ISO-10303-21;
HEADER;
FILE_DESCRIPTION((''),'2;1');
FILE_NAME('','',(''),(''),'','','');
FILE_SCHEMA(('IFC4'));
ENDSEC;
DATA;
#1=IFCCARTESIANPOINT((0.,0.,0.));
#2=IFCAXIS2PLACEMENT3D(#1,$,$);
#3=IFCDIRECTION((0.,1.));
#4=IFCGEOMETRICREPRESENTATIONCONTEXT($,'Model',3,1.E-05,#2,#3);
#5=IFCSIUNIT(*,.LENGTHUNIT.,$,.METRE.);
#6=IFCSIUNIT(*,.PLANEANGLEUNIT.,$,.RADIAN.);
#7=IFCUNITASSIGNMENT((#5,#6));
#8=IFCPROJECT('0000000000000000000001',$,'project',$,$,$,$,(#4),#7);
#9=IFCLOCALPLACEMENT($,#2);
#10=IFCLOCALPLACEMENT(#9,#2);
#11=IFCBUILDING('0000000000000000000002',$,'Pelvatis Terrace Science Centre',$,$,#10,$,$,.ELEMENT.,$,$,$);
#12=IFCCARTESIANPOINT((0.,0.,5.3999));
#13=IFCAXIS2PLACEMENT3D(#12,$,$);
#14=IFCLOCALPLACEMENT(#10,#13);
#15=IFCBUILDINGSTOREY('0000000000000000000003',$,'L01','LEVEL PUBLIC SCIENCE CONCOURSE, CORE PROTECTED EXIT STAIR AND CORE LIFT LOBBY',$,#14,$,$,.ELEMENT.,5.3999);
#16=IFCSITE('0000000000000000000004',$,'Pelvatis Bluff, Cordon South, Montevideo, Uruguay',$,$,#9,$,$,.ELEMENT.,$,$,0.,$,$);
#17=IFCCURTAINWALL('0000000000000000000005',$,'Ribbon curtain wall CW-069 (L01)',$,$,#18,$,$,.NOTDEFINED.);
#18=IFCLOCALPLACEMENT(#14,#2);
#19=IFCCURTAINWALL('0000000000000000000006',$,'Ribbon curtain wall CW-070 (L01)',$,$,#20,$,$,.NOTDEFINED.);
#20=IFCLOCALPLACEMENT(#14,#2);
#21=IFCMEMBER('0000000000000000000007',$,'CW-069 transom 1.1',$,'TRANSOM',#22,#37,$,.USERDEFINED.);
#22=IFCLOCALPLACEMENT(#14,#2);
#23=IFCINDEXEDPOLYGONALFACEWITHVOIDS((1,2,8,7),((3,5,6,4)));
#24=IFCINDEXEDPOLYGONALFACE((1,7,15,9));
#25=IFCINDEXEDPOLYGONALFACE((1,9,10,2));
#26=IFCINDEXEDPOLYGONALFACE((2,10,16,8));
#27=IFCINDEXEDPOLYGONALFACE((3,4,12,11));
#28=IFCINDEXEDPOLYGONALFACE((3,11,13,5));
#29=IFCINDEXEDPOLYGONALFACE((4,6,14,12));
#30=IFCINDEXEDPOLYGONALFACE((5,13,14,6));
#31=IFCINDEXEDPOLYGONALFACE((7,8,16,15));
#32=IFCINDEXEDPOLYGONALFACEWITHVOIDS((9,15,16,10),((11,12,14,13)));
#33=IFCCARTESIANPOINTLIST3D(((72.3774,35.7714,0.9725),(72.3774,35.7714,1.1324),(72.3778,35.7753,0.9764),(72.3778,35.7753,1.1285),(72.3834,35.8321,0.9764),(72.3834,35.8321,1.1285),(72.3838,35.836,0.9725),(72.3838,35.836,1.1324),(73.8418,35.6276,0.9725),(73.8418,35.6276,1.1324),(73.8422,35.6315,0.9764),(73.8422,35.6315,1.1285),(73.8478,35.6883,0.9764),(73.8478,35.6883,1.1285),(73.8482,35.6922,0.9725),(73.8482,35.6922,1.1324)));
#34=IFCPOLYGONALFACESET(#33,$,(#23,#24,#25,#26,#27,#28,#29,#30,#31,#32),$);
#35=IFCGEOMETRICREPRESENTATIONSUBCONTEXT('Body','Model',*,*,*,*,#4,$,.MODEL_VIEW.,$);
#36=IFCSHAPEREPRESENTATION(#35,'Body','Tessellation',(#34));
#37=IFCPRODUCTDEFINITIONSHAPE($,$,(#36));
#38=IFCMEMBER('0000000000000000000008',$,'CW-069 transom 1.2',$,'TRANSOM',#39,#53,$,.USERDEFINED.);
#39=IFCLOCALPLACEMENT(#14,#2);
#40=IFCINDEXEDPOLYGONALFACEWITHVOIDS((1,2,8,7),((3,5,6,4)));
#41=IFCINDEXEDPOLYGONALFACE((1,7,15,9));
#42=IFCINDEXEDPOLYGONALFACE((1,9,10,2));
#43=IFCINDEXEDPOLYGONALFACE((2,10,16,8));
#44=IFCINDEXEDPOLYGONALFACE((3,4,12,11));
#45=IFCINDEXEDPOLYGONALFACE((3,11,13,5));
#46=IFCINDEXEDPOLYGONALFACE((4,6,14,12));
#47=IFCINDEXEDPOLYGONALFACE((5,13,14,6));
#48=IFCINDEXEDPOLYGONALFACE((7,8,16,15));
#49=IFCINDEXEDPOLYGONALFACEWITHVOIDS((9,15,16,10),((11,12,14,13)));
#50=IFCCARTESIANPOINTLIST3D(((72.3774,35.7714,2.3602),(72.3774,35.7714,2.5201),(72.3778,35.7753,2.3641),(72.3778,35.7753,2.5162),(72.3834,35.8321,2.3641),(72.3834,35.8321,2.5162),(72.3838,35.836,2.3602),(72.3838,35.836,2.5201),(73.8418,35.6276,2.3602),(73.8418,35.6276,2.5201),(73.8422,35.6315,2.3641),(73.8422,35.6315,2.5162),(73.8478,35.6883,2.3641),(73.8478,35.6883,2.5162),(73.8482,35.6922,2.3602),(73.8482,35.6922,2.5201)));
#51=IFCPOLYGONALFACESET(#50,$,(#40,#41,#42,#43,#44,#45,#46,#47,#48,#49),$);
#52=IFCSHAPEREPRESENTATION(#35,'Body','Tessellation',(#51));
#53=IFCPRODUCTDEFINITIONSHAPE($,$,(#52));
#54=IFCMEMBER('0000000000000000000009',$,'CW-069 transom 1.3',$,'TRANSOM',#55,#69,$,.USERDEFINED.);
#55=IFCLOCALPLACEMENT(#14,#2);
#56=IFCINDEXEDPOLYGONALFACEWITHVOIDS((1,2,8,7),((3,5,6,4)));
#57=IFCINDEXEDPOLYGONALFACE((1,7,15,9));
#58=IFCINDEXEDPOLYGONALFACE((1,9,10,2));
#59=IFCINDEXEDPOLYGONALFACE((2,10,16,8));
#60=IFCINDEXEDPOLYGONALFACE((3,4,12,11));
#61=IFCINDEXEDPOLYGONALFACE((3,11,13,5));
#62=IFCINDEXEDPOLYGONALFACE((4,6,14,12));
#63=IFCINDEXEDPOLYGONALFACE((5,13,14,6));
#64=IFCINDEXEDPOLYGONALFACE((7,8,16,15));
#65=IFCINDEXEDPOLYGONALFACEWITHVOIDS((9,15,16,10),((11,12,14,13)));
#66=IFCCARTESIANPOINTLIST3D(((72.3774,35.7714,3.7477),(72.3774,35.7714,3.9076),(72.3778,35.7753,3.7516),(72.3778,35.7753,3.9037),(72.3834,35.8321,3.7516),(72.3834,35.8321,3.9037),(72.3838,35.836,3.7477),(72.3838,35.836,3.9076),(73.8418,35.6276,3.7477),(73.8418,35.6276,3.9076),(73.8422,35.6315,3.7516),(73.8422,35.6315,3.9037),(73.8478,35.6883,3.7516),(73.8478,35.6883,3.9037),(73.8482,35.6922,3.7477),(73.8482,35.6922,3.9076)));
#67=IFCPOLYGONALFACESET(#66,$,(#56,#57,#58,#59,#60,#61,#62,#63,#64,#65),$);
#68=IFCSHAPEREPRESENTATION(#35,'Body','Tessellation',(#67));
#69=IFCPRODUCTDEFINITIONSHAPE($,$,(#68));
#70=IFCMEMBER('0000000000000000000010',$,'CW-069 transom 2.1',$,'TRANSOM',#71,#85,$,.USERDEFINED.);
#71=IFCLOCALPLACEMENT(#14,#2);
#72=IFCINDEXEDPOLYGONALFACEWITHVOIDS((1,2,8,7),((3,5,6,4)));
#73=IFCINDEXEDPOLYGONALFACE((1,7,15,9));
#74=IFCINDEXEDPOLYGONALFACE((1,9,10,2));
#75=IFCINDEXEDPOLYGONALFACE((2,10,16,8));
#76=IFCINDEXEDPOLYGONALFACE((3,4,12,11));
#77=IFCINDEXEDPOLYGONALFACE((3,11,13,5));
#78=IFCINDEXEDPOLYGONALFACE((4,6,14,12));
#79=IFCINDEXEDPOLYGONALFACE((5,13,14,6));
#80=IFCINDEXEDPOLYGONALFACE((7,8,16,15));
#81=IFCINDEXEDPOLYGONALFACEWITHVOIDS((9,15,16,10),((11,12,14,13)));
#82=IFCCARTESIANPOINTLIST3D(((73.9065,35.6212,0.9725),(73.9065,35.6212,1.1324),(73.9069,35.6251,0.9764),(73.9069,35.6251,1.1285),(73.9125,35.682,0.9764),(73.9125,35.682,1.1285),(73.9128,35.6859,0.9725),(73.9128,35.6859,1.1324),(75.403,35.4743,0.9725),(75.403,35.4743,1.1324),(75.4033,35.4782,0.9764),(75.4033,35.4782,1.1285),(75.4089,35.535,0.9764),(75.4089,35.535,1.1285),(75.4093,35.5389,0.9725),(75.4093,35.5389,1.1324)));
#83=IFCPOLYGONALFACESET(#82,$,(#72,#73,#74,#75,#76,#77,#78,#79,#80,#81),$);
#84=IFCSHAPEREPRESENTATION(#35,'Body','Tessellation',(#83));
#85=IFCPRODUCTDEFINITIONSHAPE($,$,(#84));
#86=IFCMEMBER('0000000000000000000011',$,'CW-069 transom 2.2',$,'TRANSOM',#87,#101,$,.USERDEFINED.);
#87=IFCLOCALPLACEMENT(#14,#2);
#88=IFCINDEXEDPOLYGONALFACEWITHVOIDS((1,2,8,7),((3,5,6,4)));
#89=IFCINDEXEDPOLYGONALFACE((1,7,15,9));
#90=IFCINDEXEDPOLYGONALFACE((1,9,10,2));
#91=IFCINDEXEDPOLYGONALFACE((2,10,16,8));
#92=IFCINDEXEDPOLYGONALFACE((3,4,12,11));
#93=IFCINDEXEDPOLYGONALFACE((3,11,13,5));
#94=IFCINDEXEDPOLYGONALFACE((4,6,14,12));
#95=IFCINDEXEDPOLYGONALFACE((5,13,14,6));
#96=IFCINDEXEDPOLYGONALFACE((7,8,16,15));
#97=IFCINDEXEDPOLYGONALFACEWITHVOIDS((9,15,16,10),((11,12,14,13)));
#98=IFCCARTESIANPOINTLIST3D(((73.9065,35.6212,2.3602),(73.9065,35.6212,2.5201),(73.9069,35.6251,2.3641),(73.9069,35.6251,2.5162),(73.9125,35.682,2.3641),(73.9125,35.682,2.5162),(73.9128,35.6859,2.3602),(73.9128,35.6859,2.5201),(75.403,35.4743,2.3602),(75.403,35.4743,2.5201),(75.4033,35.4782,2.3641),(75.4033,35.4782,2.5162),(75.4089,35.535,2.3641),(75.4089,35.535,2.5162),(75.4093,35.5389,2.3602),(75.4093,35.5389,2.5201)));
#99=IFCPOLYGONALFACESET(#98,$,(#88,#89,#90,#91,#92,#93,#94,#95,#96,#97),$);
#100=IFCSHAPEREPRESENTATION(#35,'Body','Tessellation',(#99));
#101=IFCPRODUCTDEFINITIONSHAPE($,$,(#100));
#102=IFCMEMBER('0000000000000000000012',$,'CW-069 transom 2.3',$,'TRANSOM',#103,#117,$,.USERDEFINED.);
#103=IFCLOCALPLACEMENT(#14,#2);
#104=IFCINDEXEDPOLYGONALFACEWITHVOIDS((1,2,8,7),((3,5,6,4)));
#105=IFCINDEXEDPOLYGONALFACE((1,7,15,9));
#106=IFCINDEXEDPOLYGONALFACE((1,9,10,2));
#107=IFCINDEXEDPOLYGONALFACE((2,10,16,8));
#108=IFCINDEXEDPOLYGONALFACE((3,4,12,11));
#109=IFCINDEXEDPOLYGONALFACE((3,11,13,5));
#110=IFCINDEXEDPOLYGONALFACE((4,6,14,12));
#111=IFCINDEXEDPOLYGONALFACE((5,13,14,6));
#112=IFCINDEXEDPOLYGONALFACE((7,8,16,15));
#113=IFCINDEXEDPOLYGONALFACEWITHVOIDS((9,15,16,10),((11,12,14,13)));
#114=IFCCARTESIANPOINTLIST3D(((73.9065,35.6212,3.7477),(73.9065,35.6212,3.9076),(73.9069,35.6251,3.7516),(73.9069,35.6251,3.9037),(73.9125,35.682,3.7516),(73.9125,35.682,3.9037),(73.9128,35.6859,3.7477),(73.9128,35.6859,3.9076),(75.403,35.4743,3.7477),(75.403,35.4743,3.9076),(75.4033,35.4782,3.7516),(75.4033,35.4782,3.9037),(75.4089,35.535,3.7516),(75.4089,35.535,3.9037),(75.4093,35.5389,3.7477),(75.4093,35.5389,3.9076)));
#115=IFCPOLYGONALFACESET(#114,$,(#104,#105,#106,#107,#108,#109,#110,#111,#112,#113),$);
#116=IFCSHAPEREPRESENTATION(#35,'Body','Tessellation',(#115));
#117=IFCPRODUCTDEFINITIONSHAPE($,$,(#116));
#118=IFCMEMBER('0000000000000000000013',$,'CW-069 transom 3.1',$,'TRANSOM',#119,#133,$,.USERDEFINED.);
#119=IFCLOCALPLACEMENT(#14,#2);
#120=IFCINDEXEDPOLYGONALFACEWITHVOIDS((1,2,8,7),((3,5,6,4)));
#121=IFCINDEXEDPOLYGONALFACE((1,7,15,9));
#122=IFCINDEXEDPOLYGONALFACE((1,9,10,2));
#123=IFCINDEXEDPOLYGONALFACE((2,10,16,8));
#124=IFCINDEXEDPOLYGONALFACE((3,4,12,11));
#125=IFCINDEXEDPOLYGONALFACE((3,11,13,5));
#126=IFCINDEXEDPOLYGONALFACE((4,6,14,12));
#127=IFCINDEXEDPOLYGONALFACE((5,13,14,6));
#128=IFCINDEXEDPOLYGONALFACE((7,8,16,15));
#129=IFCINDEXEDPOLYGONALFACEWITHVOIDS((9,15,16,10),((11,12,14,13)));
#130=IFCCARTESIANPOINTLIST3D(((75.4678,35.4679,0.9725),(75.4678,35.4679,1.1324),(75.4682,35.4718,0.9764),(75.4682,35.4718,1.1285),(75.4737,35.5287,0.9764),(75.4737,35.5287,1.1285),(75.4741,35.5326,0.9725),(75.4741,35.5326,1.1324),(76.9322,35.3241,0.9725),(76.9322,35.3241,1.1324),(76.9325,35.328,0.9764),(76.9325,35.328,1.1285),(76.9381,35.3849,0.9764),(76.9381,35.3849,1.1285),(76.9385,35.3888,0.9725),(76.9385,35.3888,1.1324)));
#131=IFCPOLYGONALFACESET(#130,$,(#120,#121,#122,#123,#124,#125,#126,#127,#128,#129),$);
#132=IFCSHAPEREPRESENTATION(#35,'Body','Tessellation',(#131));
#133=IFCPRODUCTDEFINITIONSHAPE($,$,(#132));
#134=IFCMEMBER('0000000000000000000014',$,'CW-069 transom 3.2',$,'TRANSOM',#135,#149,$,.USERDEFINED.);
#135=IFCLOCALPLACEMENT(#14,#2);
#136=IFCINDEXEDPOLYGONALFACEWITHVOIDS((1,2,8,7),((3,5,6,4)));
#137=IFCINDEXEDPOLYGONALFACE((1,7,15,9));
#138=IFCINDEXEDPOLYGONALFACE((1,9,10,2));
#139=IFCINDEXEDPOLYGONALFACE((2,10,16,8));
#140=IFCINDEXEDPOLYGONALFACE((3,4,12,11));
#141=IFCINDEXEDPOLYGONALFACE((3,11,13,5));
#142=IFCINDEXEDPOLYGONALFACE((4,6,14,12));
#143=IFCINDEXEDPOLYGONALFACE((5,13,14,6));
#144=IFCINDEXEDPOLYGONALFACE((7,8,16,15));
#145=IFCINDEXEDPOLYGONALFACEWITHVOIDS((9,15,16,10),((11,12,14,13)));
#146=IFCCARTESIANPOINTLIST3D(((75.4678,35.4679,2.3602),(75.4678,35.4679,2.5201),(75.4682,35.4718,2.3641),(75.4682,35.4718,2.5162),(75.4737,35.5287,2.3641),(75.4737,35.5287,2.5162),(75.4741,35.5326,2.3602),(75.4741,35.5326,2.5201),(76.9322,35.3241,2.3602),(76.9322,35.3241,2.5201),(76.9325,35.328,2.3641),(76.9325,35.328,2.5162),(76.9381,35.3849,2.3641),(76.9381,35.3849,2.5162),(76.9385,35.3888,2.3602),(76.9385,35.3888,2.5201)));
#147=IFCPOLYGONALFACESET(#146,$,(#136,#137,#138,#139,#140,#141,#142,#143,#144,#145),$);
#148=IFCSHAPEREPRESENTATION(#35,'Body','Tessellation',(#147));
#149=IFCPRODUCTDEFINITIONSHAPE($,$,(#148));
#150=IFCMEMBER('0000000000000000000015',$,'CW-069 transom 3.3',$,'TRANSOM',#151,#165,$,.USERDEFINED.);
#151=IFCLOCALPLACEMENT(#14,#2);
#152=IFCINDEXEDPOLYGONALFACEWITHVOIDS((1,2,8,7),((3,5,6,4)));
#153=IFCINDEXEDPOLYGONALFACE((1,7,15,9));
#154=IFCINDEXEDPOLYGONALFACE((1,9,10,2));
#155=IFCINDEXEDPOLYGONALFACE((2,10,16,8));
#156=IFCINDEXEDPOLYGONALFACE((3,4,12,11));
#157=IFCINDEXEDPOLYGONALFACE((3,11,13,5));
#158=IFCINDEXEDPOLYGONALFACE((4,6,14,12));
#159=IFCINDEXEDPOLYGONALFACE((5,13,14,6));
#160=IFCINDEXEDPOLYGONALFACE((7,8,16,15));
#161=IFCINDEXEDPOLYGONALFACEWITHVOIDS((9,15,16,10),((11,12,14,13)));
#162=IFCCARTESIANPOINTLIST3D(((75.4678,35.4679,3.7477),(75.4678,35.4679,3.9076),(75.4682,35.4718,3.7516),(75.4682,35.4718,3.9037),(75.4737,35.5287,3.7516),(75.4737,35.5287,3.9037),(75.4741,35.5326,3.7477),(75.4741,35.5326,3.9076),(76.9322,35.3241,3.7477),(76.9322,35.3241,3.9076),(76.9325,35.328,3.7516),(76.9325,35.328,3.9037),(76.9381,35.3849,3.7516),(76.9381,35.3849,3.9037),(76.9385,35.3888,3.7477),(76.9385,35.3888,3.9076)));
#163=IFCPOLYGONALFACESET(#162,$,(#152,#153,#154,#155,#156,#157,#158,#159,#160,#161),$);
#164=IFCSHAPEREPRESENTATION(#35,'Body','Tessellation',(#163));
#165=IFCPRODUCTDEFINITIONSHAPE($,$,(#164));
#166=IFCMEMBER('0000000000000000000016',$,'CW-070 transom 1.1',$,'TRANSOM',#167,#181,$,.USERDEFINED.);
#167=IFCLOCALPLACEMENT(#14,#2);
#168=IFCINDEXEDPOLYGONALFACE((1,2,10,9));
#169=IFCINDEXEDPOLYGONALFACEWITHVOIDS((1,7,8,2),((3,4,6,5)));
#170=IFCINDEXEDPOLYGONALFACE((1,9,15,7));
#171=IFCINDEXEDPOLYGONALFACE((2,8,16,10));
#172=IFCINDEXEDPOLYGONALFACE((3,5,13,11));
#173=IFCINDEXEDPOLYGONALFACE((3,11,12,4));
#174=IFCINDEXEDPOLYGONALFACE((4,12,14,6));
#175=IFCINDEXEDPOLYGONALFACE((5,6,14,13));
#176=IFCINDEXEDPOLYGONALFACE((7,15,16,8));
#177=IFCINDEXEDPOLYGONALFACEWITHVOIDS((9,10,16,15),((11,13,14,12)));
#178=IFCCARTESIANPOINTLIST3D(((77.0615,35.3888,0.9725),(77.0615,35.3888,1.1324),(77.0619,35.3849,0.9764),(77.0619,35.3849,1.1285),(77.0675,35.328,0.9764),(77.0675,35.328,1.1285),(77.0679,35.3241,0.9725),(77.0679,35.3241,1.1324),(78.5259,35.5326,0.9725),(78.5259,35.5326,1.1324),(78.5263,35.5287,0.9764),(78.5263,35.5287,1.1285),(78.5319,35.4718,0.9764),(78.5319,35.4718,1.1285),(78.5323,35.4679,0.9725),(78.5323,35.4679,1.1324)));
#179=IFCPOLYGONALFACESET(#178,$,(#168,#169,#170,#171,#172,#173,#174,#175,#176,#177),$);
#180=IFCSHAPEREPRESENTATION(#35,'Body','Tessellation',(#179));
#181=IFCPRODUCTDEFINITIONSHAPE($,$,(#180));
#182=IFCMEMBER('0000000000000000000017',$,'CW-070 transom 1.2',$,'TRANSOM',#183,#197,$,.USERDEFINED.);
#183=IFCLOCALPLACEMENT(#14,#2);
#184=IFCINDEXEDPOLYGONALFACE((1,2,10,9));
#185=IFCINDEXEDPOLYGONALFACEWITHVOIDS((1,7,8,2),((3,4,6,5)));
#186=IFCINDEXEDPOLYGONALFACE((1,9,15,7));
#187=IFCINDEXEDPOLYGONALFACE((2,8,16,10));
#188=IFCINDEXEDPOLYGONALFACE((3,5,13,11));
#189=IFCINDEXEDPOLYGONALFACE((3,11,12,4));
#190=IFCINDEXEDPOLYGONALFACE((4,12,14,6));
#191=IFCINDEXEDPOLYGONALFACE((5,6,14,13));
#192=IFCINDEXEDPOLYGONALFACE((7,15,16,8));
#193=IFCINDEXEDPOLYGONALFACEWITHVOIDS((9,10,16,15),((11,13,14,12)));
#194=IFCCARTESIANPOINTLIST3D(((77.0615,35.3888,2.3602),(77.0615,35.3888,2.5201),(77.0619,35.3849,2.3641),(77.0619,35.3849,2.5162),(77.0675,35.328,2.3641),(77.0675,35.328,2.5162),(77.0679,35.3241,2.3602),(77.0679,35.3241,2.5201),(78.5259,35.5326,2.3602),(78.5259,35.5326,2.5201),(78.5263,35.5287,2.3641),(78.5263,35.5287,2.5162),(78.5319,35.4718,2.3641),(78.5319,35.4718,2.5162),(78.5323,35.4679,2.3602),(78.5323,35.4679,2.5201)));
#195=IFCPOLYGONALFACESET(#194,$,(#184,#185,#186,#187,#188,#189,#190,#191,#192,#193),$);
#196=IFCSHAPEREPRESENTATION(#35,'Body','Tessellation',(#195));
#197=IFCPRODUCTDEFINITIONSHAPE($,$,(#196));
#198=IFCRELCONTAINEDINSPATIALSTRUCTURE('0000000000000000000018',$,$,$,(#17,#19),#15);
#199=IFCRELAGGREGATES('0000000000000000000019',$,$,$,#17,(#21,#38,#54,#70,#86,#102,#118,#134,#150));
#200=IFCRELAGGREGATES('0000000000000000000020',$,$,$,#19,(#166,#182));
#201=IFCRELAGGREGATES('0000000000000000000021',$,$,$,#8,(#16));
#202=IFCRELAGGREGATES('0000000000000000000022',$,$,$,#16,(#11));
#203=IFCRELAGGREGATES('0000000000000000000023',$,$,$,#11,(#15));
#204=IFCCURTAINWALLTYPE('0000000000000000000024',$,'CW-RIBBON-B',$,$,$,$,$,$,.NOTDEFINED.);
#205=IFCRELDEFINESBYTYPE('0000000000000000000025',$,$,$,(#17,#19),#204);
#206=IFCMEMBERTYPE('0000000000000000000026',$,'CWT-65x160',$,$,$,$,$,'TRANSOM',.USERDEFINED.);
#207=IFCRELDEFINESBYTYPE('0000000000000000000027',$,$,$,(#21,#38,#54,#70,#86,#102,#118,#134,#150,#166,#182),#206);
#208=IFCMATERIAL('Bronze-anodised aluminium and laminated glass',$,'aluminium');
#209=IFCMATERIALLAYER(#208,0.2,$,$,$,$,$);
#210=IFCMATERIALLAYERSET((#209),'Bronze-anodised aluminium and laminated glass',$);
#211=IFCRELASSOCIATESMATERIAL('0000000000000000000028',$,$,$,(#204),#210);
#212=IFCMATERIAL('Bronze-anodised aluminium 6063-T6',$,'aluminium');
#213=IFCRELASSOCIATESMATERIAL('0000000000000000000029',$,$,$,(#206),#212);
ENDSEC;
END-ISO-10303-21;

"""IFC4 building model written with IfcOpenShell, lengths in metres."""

from ifc_helpers import new_model, si_unit, direction, frame, origin, origin_2d, place, context, subcontext, project, spatial, hollow_rectangle, extrude, material, layer, layer_set, material_profile, profile_set, type_object, element, aggregate, save


model = new_model("IFC4")

# Units and contexts
model_context = context("Model", 3, precision=1e-05, world=origin(), true_north=direction((0.0, 1.0)))
body_context = subcontext(model_context, "Body", "Model", "MODEL_VIEW")
ifc_project = project(units=[si_unit("LENGTHUNIT", "METRE"), si_unit("PLANEANGLEUNIT", "RADIAN")], contexts=[model_context])

# Site, building, storey
site_placement = place(None, origin())
site = spatial("IfcSite", under=ifc_project, at=site_placement, Name="Pelvatis Bluff, Cordon South, Montevideo, Uruguay", CompositionType="ELEMENT", RefElevation=0.0)
building_placement = place(site_placement, origin())
building = spatial("IfcBuilding", under=site, at=building_placement, Name="Pelvatis Terrace Science Centre", CompositionType="ELEMENT")
storey_placement = place(building_placement, frame((0.0, 0.0, 5.3999)))
storey = spatial("IfcBuildingStorey", under=building, at=storey_placement, Name="L01", Description="LEVEL PUBLIC SCIENCE CONCOURSE, CORE PROTECTED EXIT STAIR AND CORE LIFT LOBBY", CompositionType="ELEMENT", Elevation=5.3999)

# Curtain walls
ifc_material_1 = material(Name="Bronze-anodised aluminium and laminated glass", Category="aluminium")
ifc_layer_1 = layer(ifc_material_1, 0.2)
ifc_layer_set_1 = layer_set([ifc_layer_1], Name="Bronze-anodised aluminium and laminated glass")
curtain_wall_type = type_object("IfcCurtainWallType", Name="CW-RIBBON-B", PredefinedType="NOTDEFINED", material=ifc_layer_set_1)
curtain_wall_1_placement = place(storey_placement, origin())
curtain_wall_1 = element("IfcCurtainWall", 1, at=curtain_wall_1_placement, inside=storey, type_object=curtain_wall_type, Name="Ribbon curtain wall CW-069 (L01)", PredefinedType="NOTDEFINED")
curtain_wall_2_placement = place(storey_placement, origin())
curtain_wall_2 = element("IfcCurtainWall", 2, at=curtain_wall_2_placement, inside=storey, type_object=curtain_wall_type, Name="Ribbon curtain wall CW-070 (L01)", PredefinedType="NOTDEFINED")

# Members
ifc_material_2 = material(Name="Bronze-anodised aluminium 6063-T6", Category="aluminium")
ifc_material_profile_1 = material_profile(ifc_material_2, hollow_rectangle(XDim=0.0649, YDim=0.1599, WallThickness=0.0039, at=origin_2d()), Name="ALU-TRN 65x160")
ifc_profile_set_1 = profile_set([ifc_material_profile_1], Name="Bronze-anodised aluminium 6063-T6")
member_type_1 = type_object("IfcMemberType", Name="CWT-65x160", ElementType="TRANSOM", PredefinedType="USERDEFINED", material=ifc_profile_set_1)
member_1_placement = place(storey_placement, frame((72.3806, 35.8037, 1.0525), z_axis=(0.995213, -0.097729, 0.0), x_axis=(0.097729, 0.995213, 0.0)))
member_1 = element("IfcMember", 3, at=member_1_placement, type_object=member_type_1, Name="CW-069 transom 1.1", ObjectType="TRANSOM", PredefinedType="USERDEFINED", context=body_context, shape_type="SweptSolid", body=[
    extrude(hollow_rectangle(XDim=0.0649, YDim=0.1599, WallThickness=0.0039, at=origin_2d()), origin(), (0.0, 0.0, 1.0), 1.4714),
])
member_2_placement = place(storey_placement, frame((72.3806, 35.8037, 2.4402), z_axis=(0.995213, -0.097729, 0.0), x_axis=(0.097729, 0.995213, 0.0)))
member_2 = element("IfcMember", 4, at=member_2_placement, type_object=member_type_1, Name="CW-069 transom 1.2", ObjectType="TRANSOM", PredefinedType="USERDEFINED", context=body_context, shape_type="SweptSolid", body=[
    extrude(hollow_rectangle(XDim=0.0649, YDim=0.1599, WallThickness=0.0039, at=origin_2d()), origin(), (0.0, 0.0, 1.0), 1.4714),
])
member_3_placement = place(storey_placement, frame((72.3806, 35.8037, 3.8276), z_axis=(0.995213, -0.097729, 0.0), x_axis=(0.097729, 0.995213, 0.0)))
member_3 = element("IfcMember", 5, at=member_3_placement, type_object=member_type_1, Name="CW-069 transom 1.3", ObjectType="TRANSOM", PredefinedType="USERDEFINED", context=body_context, shape_type="SweptSolid", body=[
    extrude(hollow_rectangle(XDim=0.0649, YDim=0.1599, WallThickness=0.0039, at=origin_2d()), origin(), (0.0, 0.0, 1.0), 1.4714),
])
member_4_placement = place(storey_placement, frame((73.9097, 35.6536, 1.0525), z_axis=(0.995212, -0.097735, 0.0), x_axis=(0.097735, 0.995212, 0.0)))
member_4 = element("IfcMember", 6, at=member_4_placement, type_object=member_type_1, Name="CW-069 transom 2.1", ObjectType="TRANSOM", PredefinedType="USERDEFINED", context=body_context, shape_type="SweptSolid", body=[
    extrude(hollow_rectangle(XDim=0.0649, YDim=0.1599, WallThickness=0.0039, at=origin_2d()), origin(), (0.0, 0.0, 1.0), 1.5037),
])
member_5_placement = place(storey_placement, frame((73.9097, 35.6536, 2.4402), z_axis=(0.995212, -0.097735, 0.0), x_axis=(0.097735, 0.995212, 0.0)))
member_5 = element("IfcMember", 7, at=member_5_placement, type_object=member_type_1, Name="CW-069 transom 2.2", ObjectType="TRANSOM", PredefinedType="USERDEFINED", context=body_context, shape_type="SweptSolid", body=[
    extrude(hollow_rectangle(XDim=0.0649, YDim=0.1599, WallThickness=0.0039, at=origin_2d()), origin(), (0.0, 0.0, 1.0), 1.5037),
])
member_6_placement = place(storey_placement, frame((73.9097, 35.6536, 3.8276), z_axis=(0.995212, -0.097735, 0.0), x_axis=(0.097735, 0.995212, 0.0)))
member_6 = element("IfcMember", 8, at=member_6_placement, type_object=member_type_1, Name="CW-069 transom 2.3", ObjectType="TRANSOM", PredefinedType="USERDEFINED", context=body_context, shape_type="SweptSolid", body=[
    extrude(hollow_rectangle(XDim=0.0649, YDim=0.1599, WallThickness=0.0039, at=origin_2d()), origin(), (0.0, 0.0, 1.0), 1.5037),
])
member_7_placement = place(storey_placement, frame((75.4709, 35.5002, 1.0525), z_axis=(0.995213, -0.097729, 0.0), x_axis=(0.097729, 0.995213, 0.0)))
member_7 = element("IfcMember", 9, at=member_7_placement, type_object=member_type_1, Name="CW-069 transom 3.1", ObjectType="TRANSOM", PredefinedType="USERDEFINED", context=body_context, shape_type="SweptSolid", body=[
    extrude(hollow_rectangle(XDim=0.0649, YDim=0.1599, WallThickness=0.0039, at=origin_2d()), origin(), (0.0, 0.0, 1.0), 1.4714),
])
member_8_placement = place(storey_placement, frame((75.4709, 35.5002, 2.4402), z_axis=(0.995213, -0.097729, 0.0), x_axis=(0.097729, 0.995213, 0.0)))
member_8 = element("IfcMember", 10, at=member_8_placement, type_object=member_type_1, Name="CW-069 transom 3.2", ObjectType="TRANSOM", PredefinedType="USERDEFINED", context=body_context, shape_type="SweptSolid", body=[
    extrude(hollow_rectangle(XDim=0.0649, YDim=0.1599, WallThickness=0.0039, at=origin_2d()), origin(), (0.0, 0.0, 1.0), 1.4714),
])
member_9_placement = place(storey_placement, frame((75.4709, 35.5002, 3.8276), z_axis=(0.995213, -0.097729, 0.0), x_axis=(0.097729, 0.995213, 0.0)))
member_9 = element("IfcMember", 11, at=member_9_placement, type_object=member_type_1, Name="CW-069 transom 3.3", ObjectType="TRANSOM", PredefinedType="USERDEFINED", context=body_context, shape_type="SweptSolid", body=[
    extrude(hollow_rectangle(XDim=0.0649, YDim=0.1599, WallThickness=0.0039, at=origin_2d()), origin(), (0.0, 0.0, 1.0), 1.4714),
])
member_10_placement = place(storey_placement, frame((77.0647, 35.3564, 1.0525), z_axis=(0.995213, 0.097729, 0.0), x_axis=(-0.097729, 0.995213, 0.0)))
member_10 = element("IfcMember", 12, at=member_10_placement, type_object=member_type_1, Name="CW-070 transom 1.1", ObjectType="TRANSOM", PredefinedType="USERDEFINED", context=body_context, shape_type="SweptSolid", body=[
    extrude(hollow_rectangle(XDim=0.0649, YDim=0.1599, WallThickness=0.0039, at=origin_2d()), origin(), (0.0, 0.0, 1.0), 1.4714),
])
member_11_placement = place(storey_placement, frame((77.0647, 35.3564, 2.4402), z_axis=(0.995213, 0.097729, 0.0), x_axis=(-0.097729, 0.995213, 0.0)))
member_11 = element("IfcMember", 13, at=member_11_placement, type_object=member_type_1, Name="CW-070 transom 1.2", ObjectType="TRANSOM", PredefinedType="USERDEFINED", context=body_context, shape_type="SweptSolid", body=[
    extrude(hollow_rectangle(XDim=0.0649, YDim=0.1599, WallThickness=0.0039, at=origin_2d()), origin(), (0.0, 0.0, 1.0), 1.4714),
])

aggregate(curtain_wall_1, [member_1, member_2, member_3, member_4, member_5, member_6, member_7, member_8, member_9])
aggregate(curtain_wall_2, [member_10, member_11])

save(model, "model.ifc")
